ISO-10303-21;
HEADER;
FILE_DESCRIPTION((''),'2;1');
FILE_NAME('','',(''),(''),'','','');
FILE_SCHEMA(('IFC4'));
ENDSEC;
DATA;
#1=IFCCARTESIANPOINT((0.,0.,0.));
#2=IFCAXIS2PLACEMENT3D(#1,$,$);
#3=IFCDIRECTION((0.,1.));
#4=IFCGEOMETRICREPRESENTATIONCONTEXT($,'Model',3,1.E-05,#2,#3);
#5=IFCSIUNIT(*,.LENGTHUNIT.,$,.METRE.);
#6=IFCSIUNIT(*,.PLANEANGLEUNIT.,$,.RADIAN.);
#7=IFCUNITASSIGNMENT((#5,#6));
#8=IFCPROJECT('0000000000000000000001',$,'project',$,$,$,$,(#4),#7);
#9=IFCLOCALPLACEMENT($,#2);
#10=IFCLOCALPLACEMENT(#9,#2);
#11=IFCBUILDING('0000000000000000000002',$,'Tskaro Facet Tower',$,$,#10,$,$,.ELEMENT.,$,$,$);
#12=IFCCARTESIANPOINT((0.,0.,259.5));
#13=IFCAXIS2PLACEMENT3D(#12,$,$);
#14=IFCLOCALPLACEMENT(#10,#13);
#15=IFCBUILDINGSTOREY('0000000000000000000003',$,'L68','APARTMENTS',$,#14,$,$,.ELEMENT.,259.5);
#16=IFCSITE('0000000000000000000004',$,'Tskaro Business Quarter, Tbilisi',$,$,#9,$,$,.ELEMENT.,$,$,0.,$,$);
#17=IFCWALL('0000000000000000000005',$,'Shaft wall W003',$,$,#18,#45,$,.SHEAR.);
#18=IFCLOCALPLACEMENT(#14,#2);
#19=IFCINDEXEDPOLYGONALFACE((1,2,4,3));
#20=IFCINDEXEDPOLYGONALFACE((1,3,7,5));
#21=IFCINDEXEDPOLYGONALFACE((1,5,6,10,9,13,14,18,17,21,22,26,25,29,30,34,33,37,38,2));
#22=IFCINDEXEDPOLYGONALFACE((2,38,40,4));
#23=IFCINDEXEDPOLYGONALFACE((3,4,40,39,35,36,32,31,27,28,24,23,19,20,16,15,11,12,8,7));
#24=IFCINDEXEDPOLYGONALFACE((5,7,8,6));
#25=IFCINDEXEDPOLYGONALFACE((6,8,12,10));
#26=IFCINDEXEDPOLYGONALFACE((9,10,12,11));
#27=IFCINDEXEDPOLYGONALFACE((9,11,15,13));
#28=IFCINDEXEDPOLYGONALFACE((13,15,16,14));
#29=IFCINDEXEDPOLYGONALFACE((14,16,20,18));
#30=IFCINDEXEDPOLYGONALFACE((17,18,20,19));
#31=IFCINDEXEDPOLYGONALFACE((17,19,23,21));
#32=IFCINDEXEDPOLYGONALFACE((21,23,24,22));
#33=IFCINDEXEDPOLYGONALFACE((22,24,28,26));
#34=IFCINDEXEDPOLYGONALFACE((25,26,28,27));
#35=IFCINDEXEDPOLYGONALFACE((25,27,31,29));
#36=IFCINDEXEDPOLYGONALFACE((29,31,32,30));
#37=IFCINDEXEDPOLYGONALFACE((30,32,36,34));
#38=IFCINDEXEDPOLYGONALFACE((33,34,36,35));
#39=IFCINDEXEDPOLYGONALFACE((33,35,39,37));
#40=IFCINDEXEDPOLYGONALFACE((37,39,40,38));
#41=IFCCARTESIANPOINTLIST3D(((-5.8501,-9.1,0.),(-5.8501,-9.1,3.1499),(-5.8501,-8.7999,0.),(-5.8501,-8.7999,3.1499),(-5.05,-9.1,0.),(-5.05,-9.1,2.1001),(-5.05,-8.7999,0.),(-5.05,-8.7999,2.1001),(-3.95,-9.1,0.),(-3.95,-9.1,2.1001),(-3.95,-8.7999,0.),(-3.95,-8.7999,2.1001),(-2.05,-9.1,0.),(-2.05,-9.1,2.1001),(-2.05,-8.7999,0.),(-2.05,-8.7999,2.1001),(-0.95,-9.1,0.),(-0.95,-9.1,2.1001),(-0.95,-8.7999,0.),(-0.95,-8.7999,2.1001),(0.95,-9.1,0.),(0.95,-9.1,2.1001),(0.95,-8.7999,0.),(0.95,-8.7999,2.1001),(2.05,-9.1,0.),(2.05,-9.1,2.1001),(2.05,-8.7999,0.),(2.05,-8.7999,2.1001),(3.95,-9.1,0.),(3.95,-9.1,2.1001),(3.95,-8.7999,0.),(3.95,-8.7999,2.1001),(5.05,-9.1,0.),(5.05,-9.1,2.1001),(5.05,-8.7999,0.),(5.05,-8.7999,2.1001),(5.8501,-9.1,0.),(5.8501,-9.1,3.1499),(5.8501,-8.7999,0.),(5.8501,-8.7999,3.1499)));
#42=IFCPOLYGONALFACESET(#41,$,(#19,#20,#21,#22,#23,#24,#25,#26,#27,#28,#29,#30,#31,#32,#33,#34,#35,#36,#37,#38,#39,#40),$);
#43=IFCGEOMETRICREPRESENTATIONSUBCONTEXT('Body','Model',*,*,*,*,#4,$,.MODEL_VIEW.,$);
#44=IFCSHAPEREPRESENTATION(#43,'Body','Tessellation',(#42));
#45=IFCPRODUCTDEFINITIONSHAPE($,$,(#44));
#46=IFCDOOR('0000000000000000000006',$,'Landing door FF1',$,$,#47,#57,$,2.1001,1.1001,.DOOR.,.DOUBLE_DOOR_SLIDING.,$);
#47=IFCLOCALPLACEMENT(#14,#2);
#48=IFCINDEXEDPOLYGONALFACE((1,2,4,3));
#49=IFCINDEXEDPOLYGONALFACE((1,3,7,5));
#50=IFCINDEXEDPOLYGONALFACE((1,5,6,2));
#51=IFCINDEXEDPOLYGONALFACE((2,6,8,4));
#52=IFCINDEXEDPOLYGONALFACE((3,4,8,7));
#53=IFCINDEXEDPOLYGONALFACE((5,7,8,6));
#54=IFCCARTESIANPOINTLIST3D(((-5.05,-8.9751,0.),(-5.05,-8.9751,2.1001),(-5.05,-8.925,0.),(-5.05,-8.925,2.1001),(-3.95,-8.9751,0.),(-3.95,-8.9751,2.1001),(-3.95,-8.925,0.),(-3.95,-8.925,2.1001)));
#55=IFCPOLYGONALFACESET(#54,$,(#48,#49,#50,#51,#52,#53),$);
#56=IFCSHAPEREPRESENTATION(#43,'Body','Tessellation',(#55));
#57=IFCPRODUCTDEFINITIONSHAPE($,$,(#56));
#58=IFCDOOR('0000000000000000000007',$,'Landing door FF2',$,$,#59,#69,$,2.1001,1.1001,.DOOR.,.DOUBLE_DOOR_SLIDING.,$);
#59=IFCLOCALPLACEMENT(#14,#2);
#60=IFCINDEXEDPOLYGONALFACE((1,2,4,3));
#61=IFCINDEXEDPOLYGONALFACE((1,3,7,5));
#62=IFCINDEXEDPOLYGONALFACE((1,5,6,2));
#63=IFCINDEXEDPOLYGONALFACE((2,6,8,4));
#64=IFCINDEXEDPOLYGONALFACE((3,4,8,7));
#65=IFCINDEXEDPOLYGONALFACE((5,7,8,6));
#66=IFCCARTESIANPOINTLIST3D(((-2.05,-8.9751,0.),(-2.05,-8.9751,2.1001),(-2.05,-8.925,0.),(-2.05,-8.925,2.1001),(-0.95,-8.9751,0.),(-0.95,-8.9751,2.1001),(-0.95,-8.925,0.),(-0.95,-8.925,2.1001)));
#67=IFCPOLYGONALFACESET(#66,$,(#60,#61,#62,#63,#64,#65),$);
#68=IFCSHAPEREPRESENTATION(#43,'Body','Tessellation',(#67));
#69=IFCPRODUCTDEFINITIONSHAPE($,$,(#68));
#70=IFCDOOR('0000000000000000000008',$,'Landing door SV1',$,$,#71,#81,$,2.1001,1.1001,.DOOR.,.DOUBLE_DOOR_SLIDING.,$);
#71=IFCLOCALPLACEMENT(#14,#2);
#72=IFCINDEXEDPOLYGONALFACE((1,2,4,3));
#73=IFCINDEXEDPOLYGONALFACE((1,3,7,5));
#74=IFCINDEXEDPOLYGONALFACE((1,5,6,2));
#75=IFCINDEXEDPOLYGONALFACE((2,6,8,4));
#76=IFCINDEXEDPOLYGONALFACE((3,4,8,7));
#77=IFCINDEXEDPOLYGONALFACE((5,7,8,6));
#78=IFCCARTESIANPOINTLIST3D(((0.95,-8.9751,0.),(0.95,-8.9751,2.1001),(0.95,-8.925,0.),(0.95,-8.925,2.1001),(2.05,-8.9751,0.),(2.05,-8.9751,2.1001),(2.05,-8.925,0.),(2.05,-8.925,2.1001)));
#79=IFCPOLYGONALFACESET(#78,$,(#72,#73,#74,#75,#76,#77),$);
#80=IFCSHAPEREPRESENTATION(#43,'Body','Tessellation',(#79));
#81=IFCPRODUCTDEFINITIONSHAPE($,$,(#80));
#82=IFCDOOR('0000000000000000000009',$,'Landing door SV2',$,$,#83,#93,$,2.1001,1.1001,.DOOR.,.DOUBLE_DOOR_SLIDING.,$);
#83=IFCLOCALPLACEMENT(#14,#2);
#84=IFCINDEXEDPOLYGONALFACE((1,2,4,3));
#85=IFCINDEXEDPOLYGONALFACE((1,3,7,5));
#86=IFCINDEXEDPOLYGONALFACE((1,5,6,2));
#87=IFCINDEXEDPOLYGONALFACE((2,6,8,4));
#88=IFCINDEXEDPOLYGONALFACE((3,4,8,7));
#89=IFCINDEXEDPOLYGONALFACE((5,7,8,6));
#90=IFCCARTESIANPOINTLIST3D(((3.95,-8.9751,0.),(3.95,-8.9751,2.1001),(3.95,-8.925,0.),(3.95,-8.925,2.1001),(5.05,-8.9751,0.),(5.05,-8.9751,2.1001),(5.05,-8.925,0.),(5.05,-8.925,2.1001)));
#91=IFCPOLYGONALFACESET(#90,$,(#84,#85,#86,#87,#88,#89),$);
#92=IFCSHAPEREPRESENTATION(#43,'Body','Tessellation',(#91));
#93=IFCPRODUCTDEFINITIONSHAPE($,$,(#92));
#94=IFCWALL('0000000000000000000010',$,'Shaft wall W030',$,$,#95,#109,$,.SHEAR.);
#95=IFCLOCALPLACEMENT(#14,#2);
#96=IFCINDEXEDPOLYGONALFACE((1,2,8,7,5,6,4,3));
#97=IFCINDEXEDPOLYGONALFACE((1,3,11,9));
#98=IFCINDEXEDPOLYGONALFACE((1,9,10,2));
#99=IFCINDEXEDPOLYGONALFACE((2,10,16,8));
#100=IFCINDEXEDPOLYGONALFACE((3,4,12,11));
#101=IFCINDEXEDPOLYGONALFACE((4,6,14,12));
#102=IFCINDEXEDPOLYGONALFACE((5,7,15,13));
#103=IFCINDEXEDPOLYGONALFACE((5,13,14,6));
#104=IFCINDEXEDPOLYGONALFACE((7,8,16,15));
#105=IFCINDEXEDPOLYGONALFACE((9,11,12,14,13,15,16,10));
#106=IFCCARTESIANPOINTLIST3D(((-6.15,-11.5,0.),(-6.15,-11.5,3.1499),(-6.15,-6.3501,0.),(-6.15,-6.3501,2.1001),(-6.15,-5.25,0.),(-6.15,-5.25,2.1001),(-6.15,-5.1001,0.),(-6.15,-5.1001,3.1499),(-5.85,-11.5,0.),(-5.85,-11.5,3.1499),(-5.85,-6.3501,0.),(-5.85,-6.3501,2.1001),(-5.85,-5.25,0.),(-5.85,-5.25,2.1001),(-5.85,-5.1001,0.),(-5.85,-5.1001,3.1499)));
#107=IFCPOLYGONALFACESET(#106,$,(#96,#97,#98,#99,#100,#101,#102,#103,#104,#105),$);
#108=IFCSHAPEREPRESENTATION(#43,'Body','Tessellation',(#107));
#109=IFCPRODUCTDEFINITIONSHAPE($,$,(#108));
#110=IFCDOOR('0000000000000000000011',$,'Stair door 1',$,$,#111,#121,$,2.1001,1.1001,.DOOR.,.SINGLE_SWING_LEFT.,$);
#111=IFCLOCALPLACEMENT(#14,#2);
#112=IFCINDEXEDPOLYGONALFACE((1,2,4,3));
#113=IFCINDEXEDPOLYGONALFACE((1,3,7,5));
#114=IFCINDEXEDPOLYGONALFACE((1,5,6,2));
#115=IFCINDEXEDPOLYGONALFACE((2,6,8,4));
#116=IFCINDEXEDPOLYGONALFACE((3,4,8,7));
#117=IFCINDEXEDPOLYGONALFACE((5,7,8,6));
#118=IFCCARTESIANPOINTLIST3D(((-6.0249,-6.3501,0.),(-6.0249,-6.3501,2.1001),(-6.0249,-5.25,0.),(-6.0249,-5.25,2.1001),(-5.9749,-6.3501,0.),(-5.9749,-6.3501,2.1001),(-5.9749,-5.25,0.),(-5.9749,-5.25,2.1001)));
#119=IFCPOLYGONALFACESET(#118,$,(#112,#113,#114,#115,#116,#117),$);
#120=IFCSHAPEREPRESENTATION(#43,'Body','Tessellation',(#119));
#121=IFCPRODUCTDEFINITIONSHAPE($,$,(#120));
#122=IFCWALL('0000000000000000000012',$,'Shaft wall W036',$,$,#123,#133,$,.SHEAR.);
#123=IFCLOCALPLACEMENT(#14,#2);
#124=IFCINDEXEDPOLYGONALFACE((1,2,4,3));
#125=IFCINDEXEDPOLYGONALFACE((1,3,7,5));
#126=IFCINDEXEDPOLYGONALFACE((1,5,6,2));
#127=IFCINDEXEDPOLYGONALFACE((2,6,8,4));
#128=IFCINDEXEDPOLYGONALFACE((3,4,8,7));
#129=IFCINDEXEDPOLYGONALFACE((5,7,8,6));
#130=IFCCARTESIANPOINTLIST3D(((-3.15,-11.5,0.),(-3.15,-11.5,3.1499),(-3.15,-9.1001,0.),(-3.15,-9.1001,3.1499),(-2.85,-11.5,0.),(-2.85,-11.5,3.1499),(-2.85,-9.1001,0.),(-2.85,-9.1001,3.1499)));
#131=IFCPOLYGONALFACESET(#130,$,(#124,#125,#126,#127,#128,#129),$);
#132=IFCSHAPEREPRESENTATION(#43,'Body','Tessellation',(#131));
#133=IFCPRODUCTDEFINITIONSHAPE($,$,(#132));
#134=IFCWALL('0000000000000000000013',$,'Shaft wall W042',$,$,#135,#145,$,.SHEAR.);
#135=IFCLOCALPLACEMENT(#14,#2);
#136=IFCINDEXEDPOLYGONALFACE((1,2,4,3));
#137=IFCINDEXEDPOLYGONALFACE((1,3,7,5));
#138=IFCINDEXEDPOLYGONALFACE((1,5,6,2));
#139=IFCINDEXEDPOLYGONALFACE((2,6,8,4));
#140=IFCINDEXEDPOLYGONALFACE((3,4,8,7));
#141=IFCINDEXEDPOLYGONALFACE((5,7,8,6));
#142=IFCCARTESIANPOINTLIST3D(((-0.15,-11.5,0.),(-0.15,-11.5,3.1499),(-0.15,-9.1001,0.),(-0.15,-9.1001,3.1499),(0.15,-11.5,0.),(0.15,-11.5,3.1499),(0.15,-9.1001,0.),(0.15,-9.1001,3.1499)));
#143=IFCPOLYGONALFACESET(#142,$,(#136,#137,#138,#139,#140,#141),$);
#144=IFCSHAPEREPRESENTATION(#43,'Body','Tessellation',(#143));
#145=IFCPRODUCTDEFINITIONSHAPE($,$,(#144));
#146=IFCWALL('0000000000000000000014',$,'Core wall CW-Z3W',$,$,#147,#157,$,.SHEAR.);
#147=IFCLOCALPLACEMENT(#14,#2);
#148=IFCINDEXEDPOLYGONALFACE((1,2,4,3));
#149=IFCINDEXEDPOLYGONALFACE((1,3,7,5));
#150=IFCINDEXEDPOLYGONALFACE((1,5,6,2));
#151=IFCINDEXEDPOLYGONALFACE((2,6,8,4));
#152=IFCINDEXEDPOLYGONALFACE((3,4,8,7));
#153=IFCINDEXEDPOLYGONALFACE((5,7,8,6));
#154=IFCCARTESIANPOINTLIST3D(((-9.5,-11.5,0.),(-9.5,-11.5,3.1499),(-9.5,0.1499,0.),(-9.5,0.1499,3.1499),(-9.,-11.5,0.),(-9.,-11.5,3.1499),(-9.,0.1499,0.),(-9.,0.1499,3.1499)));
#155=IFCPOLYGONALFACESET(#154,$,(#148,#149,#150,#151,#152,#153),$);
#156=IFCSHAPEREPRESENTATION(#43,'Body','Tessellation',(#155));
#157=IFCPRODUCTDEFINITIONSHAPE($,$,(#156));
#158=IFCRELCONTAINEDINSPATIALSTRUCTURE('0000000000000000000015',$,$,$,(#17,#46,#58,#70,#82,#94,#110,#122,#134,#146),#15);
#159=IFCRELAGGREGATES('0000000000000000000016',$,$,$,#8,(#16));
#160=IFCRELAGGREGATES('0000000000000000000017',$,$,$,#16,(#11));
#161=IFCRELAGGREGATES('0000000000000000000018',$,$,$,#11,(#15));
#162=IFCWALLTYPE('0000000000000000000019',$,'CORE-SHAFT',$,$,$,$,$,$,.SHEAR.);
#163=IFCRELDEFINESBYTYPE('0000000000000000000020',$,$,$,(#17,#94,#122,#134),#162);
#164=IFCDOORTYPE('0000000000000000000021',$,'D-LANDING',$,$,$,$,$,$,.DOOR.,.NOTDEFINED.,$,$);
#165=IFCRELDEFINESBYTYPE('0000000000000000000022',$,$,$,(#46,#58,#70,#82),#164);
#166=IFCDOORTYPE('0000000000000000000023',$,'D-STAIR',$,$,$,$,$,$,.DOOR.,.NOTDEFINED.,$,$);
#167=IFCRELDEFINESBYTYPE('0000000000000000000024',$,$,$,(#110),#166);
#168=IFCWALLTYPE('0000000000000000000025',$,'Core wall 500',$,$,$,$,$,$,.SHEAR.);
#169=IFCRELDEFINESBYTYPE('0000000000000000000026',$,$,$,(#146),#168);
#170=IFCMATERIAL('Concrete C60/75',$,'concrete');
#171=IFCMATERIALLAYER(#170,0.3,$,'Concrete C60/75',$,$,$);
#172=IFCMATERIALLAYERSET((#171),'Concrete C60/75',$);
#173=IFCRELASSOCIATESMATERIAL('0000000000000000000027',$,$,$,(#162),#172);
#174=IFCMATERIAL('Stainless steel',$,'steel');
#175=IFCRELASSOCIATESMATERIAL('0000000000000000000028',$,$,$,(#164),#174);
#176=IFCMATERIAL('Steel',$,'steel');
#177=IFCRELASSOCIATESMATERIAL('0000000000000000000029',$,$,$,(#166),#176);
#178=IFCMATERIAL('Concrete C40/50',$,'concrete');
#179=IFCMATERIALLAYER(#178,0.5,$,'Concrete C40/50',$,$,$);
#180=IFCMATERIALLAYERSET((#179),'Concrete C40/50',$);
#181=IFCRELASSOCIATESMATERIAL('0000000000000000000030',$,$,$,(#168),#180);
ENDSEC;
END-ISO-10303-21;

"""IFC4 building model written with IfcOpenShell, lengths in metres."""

from ifc_helpers import new_model, si_unit, direction, frame, frame_2d, origin, place, context, subcontext, project, spatial, rectangle, extrude, material, layer, layer_set, type_object, element, fill, save


model = new_model("IFC4")

# Units and contexts
model_context = context("Model", 3, precision=1e-05, world=origin(), true_north=direction((0.0, 1.0)))
body_context = subcontext(model_context, "Body", "Model", "MODEL_VIEW")
ifc_project = project(units=[si_unit("LENGTHUNIT", "METRE"), si_unit("PLANEANGLEUNIT", "RADIAN")], contexts=[model_context])

# Site, building, storey
site_placement = place(None, origin())
site = spatial("IfcSite", under=ifc_project, at=site_placement, Name="Tskaro Business Quarter, Tbilisi", CompositionType="ELEMENT", RefElevation=0.0)
building_placement = place(site_placement, origin())
building = spatial("IfcBuilding", under=site, at=building_placement, Name="Tskaro Facet Tower", CompositionType="ELEMENT")
storey_placement = place(building_placement, frame((0.0, 0.0, 259.5)))
storey = spatial("IfcBuildingStorey", under=building, at=storey_placement, Name="L68", Description="APARTMENTS", CompositionType="ELEMENT", Elevation=259.5)

# Wall, openings, doors
ifc_material_1 = material(Name="Concrete C60/75", Category="concrete")
ifc_layer_1 = layer(ifc_material_1, 0.3, Name="Concrete C60/75")
ifc_layer_set_1 = layer_set([ifc_layer_1], Name="Concrete C60/75")
wall_type_1 = type_object("IfcWallType", Name="CORE-SHAFT", PredefinedType="SHEAR", material=ifc_layer_set_1)
wall_1_placement = place(storey_placement, frame((-5.8501, -8.95, 0.0), z_axis=(0.0, 0.0, 1.0), x_axis=(1.0, 0.0, 0.0)))
wall_1 = element("IfcWall", 1, at=wall_1_placement, inside=storey, type_object=wall_type_1, Name="Shaft wall W003", PredefinedType="SHEAR", context=body_context, shape_type="SweptSolid", body=[
    extrude(rectangle(XDim=11.7002, YDim=0.3, at=frame_2d((5.8501, 0.0))), origin(), (0.0, 0.0, 1.0), 3.1499),
])
opening_1_placement = place(wall_1_placement, frame((0.8, 0.0, 0.0)))
opening_1 = element("IfcOpeningElement", 2, at=opening_1_placement, cuts=wall_1, PredefinedType="OPENING", context=body_context, shape_type="SweptSolid", body=[
    extrude(rectangle(XDim=1.1001, YDim=2.1001, at=frame_2d((0.55, 1.05))), frame((0.0, 0.1599, 0.0), z_axis=(0.0, -1.0, 0.0), x_axis=(1.0, 0.0, 0.0)), (0.0, 0.0, 1.0), 0.3201),
])
opening_2_placement = place(wall_1_placement, frame((3.8, 0.0, 0.0)))
opening_2 = element("IfcOpeningElement", 3, at=opening_2_placement, cuts=wall_1, PredefinedType="OPENING", context=body_context, shape_type="SweptSolid", body=[
    extrude(rectangle(XDim=1.1001, YDim=2.1001, at=frame_2d((0.55, 1.05))), frame((0.0, 0.1599, 0.0), z_axis=(0.0, -1.0, 0.0), x_axis=(1.0, 0.0, 0.0)), (0.0, 0.0, 1.0), 0.3201),
])
opening_3_placement = place(wall_1_placement, frame((6.8, 0.0, 0.0)))
opening_3 = element("IfcOpeningElement", 4, at=opening_3_placement, cuts=wall_1, PredefinedType="OPENING", context=body_context, shape_type="SweptSolid", body=[
    extrude(rectangle(XDim=1.1001, YDim=2.1001, at=frame_2d((0.55, 1.05))), frame((0.0, 0.1599, 0.0), z_axis=(0.0, -1.0, 0.0), x_axis=(1.0, 0.0, 0.0)), (0.0, 0.0, 1.0), 0.3201),
])
opening_4_placement = place(wall_1_placement, frame((9.8, 0.0, 0.0)))
opening_4 = element("IfcOpeningElement", 5, at=opening_4_placement, cuts=wall_1, PredefinedType="OPENING", context=body_context, shape_type="SweptSolid", body=[
    extrude(rectangle(XDim=1.1001, YDim=2.1001, at=frame_2d((0.55, 1.05))), frame((0.0, 0.1599, 0.0), z_axis=(0.0, -1.0, 0.0), x_axis=(1.0, 0.0, 0.0)), (0.0, 0.0, 1.0), 0.3201),
])
ifc_material_2 = material(Name="Stainless steel", Category="steel")
door_type_1 = type_object("IfcDoorType", Name="D-LANDING", OperationType="NOTDEFINED", PredefinedType="DOOR", material=ifc_material_2)
door_1_placement = place(opening_1_placement, origin())
door_1 = element("IfcDoor", 6, at=door_1_placement, inside=storey, type_object=door_type_1, Name="Landing door FF1", OperationType="DOUBLE_DOOR_SLIDING", OverallHeight=2.1001, OverallWidth=1.1001, PredefinedType="DOOR", context=body_context, shape_type="SweptSolid", body=[
    extrude(rectangle(XDim=1.1001, YDim=2.1001, at=frame_2d((0.55, 1.05))), frame((0.0, 0.0249, 0.0), z_axis=(0.0, -1.0, 0.0), x_axis=(1.0, 0.0, 0.0)), (0.0, 0.0, 1.0), 0.05),
])
fill(opening_1, door_1)
door_2_placement = place(opening_2_placement, origin())
door_2 = element("IfcDoor", 7, at=door_2_placement, inside=storey, type_object=door_type_1, Name="Landing door FF2", OperationType="DOUBLE_DOOR_SLIDING", OverallHeight=2.1001, OverallWidth=1.1001, PredefinedType="DOOR", context=body_context, shape_type="SweptSolid", body=[
    extrude(rectangle(XDim=1.1001, YDim=2.1001, at=frame_2d((0.55, 1.05))), frame((0.0, 0.0249, 0.0), z_axis=(0.0, -1.0, 0.0), x_axis=(1.0, 0.0, 0.0)), (0.0, 0.0, 1.0), 0.05),
])
fill(opening_2, door_2)
door_3_placement = place(opening_3_placement, origin())
door_3 = element("IfcDoor", 8, at=door_3_placement, inside=storey, type_object=door_type_1, Name="Landing door SV1", OperationType="DOUBLE_DOOR_SLIDING", OverallHeight=2.1001, OverallWidth=1.1001, PredefinedType="DOOR", context=body_context, shape_type="SweptSolid", body=[
    extrude(rectangle(XDim=1.1001, YDim=2.1001, at=frame_2d((0.55, 1.05))), frame((0.0, 0.0249, 0.0), z_axis=(0.0, -1.0, 0.0), x_axis=(1.0, 0.0, 0.0)), (0.0, 0.0, 1.0), 0.05),
])
fill(opening_3, door_3)
door_4_placement = place(opening_4_placement, origin())
door_4 = element("IfcDoor", 9, at=door_4_placement, inside=storey, type_object=door_type_1, Name="Landing door SV2", OperationType="DOUBLE_DOOR_SLIDING", OverallHeight=2.1001, OverallWidth=1.1001, PredefinedType="DOOR", context=body_context, shape_type="SweptSolid", body=[
    extrude(rectangle(XDim=1.1001, YDim=2.1001, at=frame_2d((0.55, 1.05))), frame((0.0, 0.0249, 0.0), z_axis=(0.0, -1.0, 0.0), x_axis=(1.0, 0.0, 0.0)), (0.0, 0.0, 1.0), 0.05),
])
fill(opening_4, door_4)

# Wall, opening, door
wall_2_placement = place(storey_placement, frame((-6.0, -11.5, 0.0), z_axis=(0.0, 0.0, 1.0), x_axis=(0.0, 1.0, 0.0)))
wall_2 = element("IfcWall", 10, at=wall_2_placement, inside=storey, type_object=wall_type_1, Name="Shaft wall W030", PredefinedType="SHEAR", context=body_context, shape_type="SweptSolid", body=[
    extrude(rectangle(XDim=6.3999, YDim=0.3, at=frame_2d((3.2, 0.0))), origin(), (0.0, 0.0, 1.0), 3.1499),
])
opening_5_placement = place(wall_2_placement, frame((5.1499, 0.0, 0.0)))
opening_5 = element("IfcOpeningElement", 11, at=opening_5_placement, cuts=wall_2, PredefinedType="OPENING", context=body_context, shape_type="SweptSolid", body=[
    extrude(rectangle(XDim=1.1001, YDim=2.1001, at=frame_2d((0.55, 1.05))), frame((0.0, 0.1599, 0.0), z_axis=(0.0, -1.0, 0.0), x_axis=(1.0, 0.0, 0.0)), (0.0, 0.0, 1.0), 0.3201),
])
ifc_material_3 = material(Name="Steel", Category="steel")
door_type_2 = type_object("IfcDoorType", Name="D-STAIR", OperationType="NOTDEFINED", PredefinedType="DOOR", material=ifc_material_3)
door_5_placement = place(opening_5_placement, origin())
door_5 = element("IfcDoor", 12, at=door_5_placement, inside=storey, type_object=door_type_2, Name="Stair door 1", OperationType="SINGLE_SWING_LEFT", OverallHeight=2.1001, OverallWidth=1.1001, PredefinedType="DOOR", context=body_context, shape_type="SweptSolid", body=[
    extrude(rectangle(XDim=1.1001, YDim=2.1001, at=frame_2d((0.55, 1.05))), frame((0.0, 0.0249, 0.0), z_axis=(0.0, -1.0, 0.0), x_axis=(1.0, 0.0, 0.0)), (0.0, 0.0, 1.0), 0.05),
])
fill(opening_5, door_5)

# Walls
for number, where, z_axis, x_axis, name in (
    (13, (-3.0, -11.5, 0.0), (0.0, 0.0, 1.0), (0.0, 1.0, 0.0), "Shaft wall W036"),
    (14, (0.0, -11.5, 0.0), (0.0, 0.0, 1.0), (0.0, 1.0, 0.0), "Shaft wall W042"),
):
    element("IfcWall", number, at=place(storey_placement, frame(where, z_axis=z_axis, x_axis=x_axis)), inside=storey, type_object=wall_type_1, Name=name, PredefinedType="SHEAR", context=body_context, shape_type="SweptSolid", body=[
        extrude(rectangle(XDim=2.3999, YDim=0.3, at=frame_2d((1.2, 0.0))), origin(), (0.0, 0.0, 1.0), 3.1499),
    ])
ifc_material_4 = material(Name="Concrete C40/50", Category="concrete")
ifc_layer_2 = layer(ifc_material_4, 0.5, Name="Concrete C40/50")
ifc_layer_set_2 = layer_set([ifc_layer_2], Name="Concrete C40/50")
wall_type_2 = type_object("IfcWallType", Name="Core wall 500", PredefinedType="SHEAR", material=ifc_layer_set_2)
wall_3_placement = place(storey_placement, frame((-9.25, -11.5, 0.0), z_axis=(0.0, 0.0, 1.0), x_axis=(0.0, 1.0, 0.0)))
element("IfcWall", 15, at=wall_3_placement, inside=storey, type_object=wall_type_2, Name="Core wall CW-Z3W", PredefinedType="SHEAR", context=body_context, shape_type="SweptSolid", body=[
    extrude(rectangle(XDim=11.6499, YDim=0.5, at=frame_2d((5.825, 0.0))), origin(), (0.0, 0.0, 1.0), 3.1499),
])

save(model, "model.ifc")
